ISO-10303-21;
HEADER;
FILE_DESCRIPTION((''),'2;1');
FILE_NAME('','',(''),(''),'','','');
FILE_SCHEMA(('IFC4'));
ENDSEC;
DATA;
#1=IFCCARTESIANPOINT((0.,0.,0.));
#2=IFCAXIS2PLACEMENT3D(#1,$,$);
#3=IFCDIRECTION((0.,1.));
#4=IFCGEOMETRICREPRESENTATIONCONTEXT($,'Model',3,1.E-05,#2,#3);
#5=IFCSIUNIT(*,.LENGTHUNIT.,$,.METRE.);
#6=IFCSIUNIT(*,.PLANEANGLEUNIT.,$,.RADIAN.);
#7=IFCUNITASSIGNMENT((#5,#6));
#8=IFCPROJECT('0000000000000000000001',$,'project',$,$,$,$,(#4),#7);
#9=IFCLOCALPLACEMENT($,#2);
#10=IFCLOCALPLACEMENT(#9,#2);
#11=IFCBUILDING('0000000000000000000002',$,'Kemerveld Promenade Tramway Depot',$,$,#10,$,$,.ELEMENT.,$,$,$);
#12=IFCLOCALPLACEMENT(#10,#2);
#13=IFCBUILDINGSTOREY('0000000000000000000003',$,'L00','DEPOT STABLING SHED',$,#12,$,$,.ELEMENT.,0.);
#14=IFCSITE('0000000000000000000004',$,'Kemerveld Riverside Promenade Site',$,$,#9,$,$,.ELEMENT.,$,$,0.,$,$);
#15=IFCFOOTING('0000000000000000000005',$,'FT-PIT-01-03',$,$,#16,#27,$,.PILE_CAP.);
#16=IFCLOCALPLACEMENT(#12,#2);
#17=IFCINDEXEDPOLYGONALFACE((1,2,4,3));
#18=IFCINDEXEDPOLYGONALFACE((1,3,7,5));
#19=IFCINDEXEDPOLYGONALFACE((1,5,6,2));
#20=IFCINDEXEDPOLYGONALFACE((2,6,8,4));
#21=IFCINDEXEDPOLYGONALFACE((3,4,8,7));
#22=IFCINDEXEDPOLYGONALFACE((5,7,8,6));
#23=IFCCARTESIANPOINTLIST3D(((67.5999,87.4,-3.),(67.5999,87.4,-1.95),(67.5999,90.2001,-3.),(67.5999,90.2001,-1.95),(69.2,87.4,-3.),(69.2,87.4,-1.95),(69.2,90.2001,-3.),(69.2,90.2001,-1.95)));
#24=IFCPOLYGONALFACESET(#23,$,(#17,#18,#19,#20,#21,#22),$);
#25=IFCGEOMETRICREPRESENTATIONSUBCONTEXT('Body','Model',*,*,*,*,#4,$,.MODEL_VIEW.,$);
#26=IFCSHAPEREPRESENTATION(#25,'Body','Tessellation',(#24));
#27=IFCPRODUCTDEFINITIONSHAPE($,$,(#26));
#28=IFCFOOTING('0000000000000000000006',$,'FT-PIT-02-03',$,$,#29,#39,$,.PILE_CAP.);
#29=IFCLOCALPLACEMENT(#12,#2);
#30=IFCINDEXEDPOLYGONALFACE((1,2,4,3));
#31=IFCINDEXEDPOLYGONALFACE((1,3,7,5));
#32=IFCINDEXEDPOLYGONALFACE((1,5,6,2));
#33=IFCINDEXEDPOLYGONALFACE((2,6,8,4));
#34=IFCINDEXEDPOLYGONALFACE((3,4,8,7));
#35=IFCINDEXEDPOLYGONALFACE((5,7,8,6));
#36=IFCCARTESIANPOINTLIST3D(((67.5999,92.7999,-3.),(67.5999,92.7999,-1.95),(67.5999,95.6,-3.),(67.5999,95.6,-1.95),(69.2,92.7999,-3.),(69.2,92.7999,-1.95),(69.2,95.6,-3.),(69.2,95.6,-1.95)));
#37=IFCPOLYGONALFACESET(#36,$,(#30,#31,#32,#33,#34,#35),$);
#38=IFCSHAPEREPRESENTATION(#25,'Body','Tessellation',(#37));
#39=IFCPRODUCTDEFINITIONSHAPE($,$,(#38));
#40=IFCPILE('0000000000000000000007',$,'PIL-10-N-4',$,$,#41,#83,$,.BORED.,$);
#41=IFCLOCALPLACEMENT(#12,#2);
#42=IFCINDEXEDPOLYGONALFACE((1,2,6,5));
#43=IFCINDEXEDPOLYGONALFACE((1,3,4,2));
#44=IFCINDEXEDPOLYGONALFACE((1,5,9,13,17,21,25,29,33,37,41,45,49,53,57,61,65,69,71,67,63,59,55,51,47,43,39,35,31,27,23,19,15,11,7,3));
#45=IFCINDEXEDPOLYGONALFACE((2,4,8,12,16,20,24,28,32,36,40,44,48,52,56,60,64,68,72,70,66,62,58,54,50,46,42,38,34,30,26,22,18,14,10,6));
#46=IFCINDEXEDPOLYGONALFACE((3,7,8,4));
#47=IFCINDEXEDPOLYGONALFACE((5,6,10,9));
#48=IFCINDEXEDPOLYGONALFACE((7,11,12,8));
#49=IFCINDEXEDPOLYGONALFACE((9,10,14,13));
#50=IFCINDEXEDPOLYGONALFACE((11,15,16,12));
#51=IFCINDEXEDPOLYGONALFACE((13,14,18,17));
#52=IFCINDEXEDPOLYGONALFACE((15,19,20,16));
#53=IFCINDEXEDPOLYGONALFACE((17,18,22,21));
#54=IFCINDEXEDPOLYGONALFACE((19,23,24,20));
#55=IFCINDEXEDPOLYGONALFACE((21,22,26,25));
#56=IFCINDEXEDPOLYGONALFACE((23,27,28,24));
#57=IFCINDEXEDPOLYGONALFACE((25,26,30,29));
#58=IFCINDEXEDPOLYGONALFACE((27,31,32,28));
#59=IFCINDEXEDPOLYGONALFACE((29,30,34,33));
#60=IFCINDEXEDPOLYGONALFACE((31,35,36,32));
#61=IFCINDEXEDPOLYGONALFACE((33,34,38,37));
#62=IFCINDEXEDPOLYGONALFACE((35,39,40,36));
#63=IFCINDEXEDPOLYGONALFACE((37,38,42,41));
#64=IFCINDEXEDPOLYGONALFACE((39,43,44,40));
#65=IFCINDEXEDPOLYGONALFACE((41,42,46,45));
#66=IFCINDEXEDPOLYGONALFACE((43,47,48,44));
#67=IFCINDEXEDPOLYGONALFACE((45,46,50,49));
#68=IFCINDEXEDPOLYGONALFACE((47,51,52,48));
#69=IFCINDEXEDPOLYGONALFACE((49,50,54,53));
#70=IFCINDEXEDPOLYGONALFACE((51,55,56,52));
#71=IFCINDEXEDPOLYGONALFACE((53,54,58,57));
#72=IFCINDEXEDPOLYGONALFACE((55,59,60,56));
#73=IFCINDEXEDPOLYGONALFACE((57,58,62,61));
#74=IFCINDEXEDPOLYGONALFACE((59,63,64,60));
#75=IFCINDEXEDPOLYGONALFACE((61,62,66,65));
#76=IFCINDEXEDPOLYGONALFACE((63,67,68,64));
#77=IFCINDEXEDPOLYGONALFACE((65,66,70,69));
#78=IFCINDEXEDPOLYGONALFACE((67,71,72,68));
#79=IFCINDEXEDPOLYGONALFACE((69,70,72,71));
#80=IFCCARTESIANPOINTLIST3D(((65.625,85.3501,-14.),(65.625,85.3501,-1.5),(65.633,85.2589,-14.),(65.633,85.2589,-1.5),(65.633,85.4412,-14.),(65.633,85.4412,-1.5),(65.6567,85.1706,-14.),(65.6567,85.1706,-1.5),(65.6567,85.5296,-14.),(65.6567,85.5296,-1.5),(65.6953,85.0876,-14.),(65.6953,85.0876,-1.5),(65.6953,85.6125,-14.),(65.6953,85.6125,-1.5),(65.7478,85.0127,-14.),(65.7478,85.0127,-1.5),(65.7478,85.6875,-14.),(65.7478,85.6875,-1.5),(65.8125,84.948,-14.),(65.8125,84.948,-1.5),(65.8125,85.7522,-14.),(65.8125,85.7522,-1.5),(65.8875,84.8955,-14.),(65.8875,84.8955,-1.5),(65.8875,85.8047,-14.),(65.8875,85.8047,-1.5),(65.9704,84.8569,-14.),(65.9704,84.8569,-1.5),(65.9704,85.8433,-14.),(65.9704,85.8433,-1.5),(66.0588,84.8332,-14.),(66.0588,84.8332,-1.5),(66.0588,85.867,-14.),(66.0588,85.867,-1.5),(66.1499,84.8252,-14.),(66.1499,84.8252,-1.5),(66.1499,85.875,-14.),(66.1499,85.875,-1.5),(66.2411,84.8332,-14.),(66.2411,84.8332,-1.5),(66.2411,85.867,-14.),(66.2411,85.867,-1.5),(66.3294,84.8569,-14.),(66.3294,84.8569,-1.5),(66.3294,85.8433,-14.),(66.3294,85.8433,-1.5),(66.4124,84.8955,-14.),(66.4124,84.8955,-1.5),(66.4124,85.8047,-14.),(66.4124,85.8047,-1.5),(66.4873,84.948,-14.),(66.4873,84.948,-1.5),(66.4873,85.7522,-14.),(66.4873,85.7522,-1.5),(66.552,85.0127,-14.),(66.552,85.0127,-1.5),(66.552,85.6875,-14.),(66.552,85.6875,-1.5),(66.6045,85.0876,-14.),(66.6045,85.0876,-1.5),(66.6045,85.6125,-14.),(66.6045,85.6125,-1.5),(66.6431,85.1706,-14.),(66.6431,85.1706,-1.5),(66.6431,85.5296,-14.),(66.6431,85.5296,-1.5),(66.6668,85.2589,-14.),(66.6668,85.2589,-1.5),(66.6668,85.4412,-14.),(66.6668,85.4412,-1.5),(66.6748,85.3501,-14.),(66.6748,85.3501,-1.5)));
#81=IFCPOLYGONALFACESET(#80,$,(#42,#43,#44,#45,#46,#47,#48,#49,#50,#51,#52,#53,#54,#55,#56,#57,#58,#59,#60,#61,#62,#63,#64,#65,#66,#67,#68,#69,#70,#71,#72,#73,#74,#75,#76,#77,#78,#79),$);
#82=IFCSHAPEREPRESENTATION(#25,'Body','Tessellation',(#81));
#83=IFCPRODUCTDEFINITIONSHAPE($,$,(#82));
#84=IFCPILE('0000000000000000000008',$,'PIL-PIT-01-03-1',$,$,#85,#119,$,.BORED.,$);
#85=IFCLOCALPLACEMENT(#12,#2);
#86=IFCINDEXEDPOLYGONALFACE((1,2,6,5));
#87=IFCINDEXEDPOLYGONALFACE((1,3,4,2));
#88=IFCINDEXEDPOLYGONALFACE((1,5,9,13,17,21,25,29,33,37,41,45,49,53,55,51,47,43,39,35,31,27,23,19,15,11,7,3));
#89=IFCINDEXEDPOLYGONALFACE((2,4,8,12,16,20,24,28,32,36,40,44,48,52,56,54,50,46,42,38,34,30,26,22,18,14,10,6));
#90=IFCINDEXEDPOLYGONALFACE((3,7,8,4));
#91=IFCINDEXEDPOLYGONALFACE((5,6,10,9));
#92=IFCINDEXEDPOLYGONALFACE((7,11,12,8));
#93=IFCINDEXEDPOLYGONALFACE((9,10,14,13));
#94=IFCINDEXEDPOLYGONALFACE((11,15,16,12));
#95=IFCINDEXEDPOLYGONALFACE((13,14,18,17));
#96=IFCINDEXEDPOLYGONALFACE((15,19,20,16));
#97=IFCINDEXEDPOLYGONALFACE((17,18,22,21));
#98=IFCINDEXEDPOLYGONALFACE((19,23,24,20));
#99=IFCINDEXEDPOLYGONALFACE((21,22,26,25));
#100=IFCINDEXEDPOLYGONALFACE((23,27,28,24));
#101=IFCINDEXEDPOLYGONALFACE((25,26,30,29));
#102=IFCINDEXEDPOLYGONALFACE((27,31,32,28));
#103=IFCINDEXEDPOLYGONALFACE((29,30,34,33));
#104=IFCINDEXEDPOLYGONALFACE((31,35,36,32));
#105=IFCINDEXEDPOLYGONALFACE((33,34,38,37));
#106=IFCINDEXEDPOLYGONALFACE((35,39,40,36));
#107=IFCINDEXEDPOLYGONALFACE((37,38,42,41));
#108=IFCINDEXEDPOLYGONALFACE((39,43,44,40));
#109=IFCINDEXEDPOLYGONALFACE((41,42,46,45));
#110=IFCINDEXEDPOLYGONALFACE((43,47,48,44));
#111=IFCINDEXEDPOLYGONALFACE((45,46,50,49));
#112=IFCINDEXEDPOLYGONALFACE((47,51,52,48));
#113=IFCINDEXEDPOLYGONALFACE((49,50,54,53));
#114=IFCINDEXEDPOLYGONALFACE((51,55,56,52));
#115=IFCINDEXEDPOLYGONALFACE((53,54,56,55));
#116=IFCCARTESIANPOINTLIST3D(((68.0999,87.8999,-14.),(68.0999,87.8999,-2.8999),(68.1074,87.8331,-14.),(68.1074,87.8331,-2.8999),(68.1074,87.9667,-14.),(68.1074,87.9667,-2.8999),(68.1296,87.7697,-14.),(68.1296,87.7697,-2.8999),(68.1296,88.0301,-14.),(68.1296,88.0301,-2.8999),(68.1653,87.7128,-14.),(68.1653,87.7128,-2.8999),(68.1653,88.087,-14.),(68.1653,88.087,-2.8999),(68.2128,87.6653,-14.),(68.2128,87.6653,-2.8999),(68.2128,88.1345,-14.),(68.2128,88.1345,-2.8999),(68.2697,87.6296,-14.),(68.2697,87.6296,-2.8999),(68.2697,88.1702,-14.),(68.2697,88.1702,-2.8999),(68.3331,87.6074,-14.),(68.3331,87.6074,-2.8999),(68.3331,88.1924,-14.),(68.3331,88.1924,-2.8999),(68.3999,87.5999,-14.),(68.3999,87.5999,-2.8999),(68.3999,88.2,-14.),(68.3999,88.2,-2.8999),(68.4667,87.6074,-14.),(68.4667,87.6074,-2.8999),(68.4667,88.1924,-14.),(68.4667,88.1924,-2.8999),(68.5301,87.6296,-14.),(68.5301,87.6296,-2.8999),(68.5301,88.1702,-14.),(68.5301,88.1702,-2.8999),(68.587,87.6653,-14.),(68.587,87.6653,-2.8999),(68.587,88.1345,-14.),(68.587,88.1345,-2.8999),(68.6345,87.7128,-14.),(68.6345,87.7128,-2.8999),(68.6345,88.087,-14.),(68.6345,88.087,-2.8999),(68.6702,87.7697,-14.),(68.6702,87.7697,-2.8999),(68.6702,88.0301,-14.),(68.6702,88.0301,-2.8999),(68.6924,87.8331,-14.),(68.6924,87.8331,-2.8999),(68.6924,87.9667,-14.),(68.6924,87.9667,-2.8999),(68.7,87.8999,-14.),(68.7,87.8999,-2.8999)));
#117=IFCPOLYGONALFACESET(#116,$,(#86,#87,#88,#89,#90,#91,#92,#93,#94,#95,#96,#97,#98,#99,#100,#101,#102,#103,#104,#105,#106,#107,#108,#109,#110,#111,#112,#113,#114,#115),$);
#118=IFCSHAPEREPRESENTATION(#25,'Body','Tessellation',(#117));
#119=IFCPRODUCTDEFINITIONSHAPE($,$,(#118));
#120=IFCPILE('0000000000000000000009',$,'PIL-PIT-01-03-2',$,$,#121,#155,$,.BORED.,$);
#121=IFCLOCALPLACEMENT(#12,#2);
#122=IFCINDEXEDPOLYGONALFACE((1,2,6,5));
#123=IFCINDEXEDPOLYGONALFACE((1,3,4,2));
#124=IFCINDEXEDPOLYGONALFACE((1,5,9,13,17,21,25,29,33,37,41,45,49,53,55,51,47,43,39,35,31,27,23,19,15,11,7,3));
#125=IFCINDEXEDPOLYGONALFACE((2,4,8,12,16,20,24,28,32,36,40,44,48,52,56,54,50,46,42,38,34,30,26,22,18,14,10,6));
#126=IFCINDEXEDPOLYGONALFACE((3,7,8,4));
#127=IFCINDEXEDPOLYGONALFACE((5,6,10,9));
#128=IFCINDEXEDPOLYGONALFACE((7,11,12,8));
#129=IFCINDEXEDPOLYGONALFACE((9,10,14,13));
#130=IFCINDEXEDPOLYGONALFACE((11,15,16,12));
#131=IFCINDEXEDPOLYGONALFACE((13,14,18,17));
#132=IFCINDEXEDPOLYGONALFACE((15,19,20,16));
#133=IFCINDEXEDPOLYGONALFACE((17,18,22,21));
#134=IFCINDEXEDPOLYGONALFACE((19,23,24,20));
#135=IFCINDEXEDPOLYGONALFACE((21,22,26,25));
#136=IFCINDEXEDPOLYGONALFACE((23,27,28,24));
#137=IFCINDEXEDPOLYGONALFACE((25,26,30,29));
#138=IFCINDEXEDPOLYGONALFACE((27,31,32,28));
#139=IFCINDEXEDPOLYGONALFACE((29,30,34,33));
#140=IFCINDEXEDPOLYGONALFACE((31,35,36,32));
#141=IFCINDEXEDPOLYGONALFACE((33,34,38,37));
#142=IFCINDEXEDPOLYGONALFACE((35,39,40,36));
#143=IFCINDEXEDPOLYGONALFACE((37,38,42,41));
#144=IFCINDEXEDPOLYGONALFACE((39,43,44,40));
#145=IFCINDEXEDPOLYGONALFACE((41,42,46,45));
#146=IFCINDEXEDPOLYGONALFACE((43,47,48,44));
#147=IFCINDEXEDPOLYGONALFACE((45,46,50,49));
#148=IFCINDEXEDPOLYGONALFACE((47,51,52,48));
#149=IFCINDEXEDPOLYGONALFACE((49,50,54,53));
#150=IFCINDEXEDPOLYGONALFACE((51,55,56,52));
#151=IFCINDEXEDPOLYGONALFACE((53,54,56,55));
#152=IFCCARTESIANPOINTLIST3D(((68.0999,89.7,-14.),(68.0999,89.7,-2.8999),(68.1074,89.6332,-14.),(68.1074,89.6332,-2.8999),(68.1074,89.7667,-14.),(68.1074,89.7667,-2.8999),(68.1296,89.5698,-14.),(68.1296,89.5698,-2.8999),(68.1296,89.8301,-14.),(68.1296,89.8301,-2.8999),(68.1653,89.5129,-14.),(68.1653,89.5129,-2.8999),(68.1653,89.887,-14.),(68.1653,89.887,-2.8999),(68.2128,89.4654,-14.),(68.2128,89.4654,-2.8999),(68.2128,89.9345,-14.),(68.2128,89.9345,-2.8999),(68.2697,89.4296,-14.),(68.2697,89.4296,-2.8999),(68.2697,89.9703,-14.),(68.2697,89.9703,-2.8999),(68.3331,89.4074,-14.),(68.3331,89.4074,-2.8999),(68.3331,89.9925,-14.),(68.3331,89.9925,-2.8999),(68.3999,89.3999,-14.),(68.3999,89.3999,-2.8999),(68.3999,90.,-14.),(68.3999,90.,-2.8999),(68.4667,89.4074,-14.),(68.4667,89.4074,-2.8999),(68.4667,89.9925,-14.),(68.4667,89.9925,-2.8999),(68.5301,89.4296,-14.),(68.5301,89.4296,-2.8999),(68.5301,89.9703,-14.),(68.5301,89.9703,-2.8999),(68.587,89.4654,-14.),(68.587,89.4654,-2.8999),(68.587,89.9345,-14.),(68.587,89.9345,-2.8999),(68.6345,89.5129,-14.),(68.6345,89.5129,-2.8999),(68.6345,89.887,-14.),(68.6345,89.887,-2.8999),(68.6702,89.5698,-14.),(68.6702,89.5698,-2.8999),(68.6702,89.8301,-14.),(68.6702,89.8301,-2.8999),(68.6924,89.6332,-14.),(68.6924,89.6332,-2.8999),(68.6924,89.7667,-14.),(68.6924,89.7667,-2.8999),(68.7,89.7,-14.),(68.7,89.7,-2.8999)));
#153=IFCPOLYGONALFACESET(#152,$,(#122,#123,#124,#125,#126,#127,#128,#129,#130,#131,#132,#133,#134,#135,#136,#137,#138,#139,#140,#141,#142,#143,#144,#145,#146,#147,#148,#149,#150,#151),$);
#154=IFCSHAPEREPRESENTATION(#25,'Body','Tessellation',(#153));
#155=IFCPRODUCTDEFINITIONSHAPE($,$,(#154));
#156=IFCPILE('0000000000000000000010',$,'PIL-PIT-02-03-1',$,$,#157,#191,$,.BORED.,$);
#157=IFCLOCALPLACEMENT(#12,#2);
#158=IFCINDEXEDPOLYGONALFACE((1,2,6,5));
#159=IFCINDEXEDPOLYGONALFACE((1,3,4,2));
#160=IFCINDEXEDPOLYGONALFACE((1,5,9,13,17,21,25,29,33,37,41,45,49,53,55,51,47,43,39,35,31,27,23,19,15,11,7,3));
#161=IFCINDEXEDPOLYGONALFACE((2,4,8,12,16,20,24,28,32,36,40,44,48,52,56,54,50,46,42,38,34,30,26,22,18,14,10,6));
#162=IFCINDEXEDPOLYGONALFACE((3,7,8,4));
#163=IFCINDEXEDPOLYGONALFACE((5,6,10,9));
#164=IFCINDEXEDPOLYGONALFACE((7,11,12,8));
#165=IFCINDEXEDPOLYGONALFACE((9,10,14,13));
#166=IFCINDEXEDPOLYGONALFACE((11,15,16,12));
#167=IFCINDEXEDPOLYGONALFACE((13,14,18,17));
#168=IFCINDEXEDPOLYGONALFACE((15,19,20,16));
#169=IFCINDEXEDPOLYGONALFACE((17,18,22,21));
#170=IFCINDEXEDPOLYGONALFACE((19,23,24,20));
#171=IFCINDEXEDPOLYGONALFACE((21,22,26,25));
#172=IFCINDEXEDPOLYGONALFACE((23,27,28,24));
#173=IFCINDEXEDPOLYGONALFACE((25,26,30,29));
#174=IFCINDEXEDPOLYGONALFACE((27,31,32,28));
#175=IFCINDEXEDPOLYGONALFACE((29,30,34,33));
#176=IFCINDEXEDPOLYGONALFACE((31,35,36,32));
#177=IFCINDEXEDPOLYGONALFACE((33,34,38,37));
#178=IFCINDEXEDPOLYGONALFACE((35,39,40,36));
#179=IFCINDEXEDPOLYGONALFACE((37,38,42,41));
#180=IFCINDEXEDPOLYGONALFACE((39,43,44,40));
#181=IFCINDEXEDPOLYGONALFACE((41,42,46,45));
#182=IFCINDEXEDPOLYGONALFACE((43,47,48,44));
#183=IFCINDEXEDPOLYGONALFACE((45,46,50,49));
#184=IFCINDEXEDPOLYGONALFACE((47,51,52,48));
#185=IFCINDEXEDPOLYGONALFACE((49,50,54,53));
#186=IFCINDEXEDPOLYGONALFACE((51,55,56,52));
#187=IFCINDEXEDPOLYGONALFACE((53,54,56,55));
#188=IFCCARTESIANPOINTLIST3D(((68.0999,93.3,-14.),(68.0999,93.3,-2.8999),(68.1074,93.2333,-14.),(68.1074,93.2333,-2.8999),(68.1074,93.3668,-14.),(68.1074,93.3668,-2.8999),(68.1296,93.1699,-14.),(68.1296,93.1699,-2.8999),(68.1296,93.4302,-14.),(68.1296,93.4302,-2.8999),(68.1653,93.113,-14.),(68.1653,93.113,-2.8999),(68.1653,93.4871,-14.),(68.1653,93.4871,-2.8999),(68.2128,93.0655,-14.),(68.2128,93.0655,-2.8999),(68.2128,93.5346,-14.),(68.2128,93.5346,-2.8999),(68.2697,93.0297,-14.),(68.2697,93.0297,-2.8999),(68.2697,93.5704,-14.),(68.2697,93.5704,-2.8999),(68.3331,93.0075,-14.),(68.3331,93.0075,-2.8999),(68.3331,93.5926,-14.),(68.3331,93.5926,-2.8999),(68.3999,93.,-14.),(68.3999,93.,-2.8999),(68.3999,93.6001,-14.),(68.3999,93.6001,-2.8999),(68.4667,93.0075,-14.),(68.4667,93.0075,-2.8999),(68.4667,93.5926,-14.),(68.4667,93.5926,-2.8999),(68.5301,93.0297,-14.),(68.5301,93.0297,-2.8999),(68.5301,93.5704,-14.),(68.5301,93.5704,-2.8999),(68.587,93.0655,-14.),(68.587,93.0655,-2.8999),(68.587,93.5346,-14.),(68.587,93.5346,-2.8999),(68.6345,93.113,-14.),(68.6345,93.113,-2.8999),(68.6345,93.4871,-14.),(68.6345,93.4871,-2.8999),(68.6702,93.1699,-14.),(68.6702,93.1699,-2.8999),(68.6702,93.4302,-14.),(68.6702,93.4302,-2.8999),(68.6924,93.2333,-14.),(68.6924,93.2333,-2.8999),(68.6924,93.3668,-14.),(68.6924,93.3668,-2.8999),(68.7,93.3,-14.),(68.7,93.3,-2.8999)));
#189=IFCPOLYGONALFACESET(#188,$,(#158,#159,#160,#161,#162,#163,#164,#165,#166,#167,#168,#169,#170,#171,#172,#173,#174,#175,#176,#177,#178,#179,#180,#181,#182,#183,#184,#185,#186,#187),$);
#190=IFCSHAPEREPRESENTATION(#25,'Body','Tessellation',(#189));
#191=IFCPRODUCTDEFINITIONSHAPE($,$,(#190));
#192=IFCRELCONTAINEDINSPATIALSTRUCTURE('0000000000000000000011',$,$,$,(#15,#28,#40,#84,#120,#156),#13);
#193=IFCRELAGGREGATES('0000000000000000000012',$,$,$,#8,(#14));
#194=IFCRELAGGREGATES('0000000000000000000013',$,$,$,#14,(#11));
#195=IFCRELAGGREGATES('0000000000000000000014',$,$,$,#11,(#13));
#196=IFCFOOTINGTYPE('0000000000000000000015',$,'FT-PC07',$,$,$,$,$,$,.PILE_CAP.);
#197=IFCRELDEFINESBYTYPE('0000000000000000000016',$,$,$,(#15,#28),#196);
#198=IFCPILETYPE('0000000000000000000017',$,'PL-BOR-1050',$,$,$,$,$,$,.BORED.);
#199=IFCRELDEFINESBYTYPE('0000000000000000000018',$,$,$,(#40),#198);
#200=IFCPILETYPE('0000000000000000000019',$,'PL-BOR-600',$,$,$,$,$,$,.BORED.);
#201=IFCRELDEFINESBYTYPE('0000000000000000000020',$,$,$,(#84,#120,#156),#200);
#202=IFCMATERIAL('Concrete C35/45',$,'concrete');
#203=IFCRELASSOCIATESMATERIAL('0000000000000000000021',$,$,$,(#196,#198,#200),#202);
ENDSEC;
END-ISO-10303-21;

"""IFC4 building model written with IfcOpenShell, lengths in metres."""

from ifc_helpers import new_model, si_unit, direction, frame, origin, origin_2d, place, context, subcontext, project, spatial, rectangle, circle, extrude, material, material_profile, profile_set, type_object, element, save


model = new_model("IFC4")

# Units and contexts
model_context = context("Model", 3, precision=1e-05, world=origin(), true_north=direction((0.0, 1.0)))
body_context = subcontext(model_context, "Body", "Model", "MODEL_VIEW")
ifc_project = project(units=[si_unit("LENGTHUNIT", "METRE"), si_unit("PLANEANGLEUNIT", "RADIAN")], contexts=[model_context])

# Site, building, storey
site_placement = place(None, origin())
site = spatial("IfcSite", under=ifc_project, at=site_placement, Name="Kemerveld Riverside Promenade Site", CompositionType="ELEMENT", RefElevation=0.0)
building_placement = place(site_placement, origin())
building = spatial("IfcBuilding", under=site, at=building_placement, Name="Kemerveld Promenade Tramway Depot", CompositionType="ELEMENT")
storey_placement = place(building_placement, origin())
storey = spatial("IfcBuildingStorey", under=building, at=storey_placement, Name="L00", Description="DEPOT STABLING SHED", CompositionType="ELEMENT", Elevation=0.0)

# Footings
ifc_material_1 = material(Name="Concrete C35/45", Category="concrete")
footing_type = type_object("IfcFootingType", Name="FT-PC07", PredefinedType="PILE_CAP", material=ifc_material_1)
for number, where, z_axis, x_axis, name in (
    (1, (68.3999, 88.8, -3.0), (0.0, 0.0, 1.0), (1.0, 0.0, 0.0), "FT-PIT-01-03"),
    (2, (68.3999, 94.2, -3.0), (0.0, 0.0, 1.0), (1.0, 0.0, 0.0), "FT-PIT-02-03"),
):
    element("IfcFooting", number, at=place(storey_placement, frame(where, z_axis=z_axis, x_axis=x_axis)), inside=storey, type_object=footing_type, Name=name, PredefinedType="PILE_CAP", context=body_context, shape_type="SweptSolid", body=[
        extrude(rectangle(XDim=1.6001, YDim=2.8, at=origin_2d()), origin(), (0.0, 0.0, 1.0), 1.05),
    ])

# Piles
ifc_material_profile_1 = material_profile(ifc_material_1, circle(Radius=0.5249, at=origin_2d()), Name="PILE-D1050")
ifc_profile_set_1 = profile_set([ifc_material_profile_1], Name="Concrete C35/45")
pile_type_1 = type_object("IfcPileType", Name="PL-BOR-1050", PredefinedType="BORED", material=ifc_profile_set_1)
pile_placement = place(storey_placement, frame((66.1499, 85.3501, -1.5), z_axis=(0.0, 0.0, -1.0), x_axis=(1.0, 0.0, 0.0)))
element("IfcPile", 3, at=pile_placement, inside=storey, type_object=pile_type_1, Name="PIL-10-N-4", PredefinedType="BORED", context=body_context, shape_type="SweptSolid", body=[
    extrude(circle(Radius=0.5249, at=origin_2d()), origin(), (0.0, 0.0, 1.0), 12.5),
])
ifc_material_profile_2 = material_profile(ifc_material_1, circle(Radius=0.3, at=origin_2d()), Name="PILE-D600")
ifc_profile_set_2 = profile_set([ifc_material_profile_2], Name="Concrete C35/45")
pile_type_2 = type_object("IfcPileType", Name="PL-BOR-600", PredefinedType="BORED", material=ifc_profile_set_2)
for number, where, z_axis, x_axis, name in (
    (4, (68.3999, 87.8999, -2.8999), (0.0, 0.0, -1.0), (1.0, 0.0, 0.0), "PIL-PIT-01-03-1"),
    (5, (68.3999, 89.7, -2.8999), (0.0, 0.0, -1.0), (1.0, 0.0, 0.0), "PIL-PIT-01-03-2"),
    (6, (68.3999, 93.3, -2.8999), (0.0, 0.0, -1.0), (1.0, 0.0, 0.0), "PIL-PIT-02-03-1"),
):
    element("IfcPile", number, at=place(storey_placement, frame(where, z_axis=z_axis, x_axis=x_axis)), inside=storey, type_object=pile_type_2, Name=name, PredefinedType="BORED", context=body_context, shape_type="SweptSolid", body=[
        extrude(circle(Radius=0.3, at=origin_2d()), origin(), (0.0, 0.0, 1.0), 11.1001),
    ])

save(model, "model.ifc")
